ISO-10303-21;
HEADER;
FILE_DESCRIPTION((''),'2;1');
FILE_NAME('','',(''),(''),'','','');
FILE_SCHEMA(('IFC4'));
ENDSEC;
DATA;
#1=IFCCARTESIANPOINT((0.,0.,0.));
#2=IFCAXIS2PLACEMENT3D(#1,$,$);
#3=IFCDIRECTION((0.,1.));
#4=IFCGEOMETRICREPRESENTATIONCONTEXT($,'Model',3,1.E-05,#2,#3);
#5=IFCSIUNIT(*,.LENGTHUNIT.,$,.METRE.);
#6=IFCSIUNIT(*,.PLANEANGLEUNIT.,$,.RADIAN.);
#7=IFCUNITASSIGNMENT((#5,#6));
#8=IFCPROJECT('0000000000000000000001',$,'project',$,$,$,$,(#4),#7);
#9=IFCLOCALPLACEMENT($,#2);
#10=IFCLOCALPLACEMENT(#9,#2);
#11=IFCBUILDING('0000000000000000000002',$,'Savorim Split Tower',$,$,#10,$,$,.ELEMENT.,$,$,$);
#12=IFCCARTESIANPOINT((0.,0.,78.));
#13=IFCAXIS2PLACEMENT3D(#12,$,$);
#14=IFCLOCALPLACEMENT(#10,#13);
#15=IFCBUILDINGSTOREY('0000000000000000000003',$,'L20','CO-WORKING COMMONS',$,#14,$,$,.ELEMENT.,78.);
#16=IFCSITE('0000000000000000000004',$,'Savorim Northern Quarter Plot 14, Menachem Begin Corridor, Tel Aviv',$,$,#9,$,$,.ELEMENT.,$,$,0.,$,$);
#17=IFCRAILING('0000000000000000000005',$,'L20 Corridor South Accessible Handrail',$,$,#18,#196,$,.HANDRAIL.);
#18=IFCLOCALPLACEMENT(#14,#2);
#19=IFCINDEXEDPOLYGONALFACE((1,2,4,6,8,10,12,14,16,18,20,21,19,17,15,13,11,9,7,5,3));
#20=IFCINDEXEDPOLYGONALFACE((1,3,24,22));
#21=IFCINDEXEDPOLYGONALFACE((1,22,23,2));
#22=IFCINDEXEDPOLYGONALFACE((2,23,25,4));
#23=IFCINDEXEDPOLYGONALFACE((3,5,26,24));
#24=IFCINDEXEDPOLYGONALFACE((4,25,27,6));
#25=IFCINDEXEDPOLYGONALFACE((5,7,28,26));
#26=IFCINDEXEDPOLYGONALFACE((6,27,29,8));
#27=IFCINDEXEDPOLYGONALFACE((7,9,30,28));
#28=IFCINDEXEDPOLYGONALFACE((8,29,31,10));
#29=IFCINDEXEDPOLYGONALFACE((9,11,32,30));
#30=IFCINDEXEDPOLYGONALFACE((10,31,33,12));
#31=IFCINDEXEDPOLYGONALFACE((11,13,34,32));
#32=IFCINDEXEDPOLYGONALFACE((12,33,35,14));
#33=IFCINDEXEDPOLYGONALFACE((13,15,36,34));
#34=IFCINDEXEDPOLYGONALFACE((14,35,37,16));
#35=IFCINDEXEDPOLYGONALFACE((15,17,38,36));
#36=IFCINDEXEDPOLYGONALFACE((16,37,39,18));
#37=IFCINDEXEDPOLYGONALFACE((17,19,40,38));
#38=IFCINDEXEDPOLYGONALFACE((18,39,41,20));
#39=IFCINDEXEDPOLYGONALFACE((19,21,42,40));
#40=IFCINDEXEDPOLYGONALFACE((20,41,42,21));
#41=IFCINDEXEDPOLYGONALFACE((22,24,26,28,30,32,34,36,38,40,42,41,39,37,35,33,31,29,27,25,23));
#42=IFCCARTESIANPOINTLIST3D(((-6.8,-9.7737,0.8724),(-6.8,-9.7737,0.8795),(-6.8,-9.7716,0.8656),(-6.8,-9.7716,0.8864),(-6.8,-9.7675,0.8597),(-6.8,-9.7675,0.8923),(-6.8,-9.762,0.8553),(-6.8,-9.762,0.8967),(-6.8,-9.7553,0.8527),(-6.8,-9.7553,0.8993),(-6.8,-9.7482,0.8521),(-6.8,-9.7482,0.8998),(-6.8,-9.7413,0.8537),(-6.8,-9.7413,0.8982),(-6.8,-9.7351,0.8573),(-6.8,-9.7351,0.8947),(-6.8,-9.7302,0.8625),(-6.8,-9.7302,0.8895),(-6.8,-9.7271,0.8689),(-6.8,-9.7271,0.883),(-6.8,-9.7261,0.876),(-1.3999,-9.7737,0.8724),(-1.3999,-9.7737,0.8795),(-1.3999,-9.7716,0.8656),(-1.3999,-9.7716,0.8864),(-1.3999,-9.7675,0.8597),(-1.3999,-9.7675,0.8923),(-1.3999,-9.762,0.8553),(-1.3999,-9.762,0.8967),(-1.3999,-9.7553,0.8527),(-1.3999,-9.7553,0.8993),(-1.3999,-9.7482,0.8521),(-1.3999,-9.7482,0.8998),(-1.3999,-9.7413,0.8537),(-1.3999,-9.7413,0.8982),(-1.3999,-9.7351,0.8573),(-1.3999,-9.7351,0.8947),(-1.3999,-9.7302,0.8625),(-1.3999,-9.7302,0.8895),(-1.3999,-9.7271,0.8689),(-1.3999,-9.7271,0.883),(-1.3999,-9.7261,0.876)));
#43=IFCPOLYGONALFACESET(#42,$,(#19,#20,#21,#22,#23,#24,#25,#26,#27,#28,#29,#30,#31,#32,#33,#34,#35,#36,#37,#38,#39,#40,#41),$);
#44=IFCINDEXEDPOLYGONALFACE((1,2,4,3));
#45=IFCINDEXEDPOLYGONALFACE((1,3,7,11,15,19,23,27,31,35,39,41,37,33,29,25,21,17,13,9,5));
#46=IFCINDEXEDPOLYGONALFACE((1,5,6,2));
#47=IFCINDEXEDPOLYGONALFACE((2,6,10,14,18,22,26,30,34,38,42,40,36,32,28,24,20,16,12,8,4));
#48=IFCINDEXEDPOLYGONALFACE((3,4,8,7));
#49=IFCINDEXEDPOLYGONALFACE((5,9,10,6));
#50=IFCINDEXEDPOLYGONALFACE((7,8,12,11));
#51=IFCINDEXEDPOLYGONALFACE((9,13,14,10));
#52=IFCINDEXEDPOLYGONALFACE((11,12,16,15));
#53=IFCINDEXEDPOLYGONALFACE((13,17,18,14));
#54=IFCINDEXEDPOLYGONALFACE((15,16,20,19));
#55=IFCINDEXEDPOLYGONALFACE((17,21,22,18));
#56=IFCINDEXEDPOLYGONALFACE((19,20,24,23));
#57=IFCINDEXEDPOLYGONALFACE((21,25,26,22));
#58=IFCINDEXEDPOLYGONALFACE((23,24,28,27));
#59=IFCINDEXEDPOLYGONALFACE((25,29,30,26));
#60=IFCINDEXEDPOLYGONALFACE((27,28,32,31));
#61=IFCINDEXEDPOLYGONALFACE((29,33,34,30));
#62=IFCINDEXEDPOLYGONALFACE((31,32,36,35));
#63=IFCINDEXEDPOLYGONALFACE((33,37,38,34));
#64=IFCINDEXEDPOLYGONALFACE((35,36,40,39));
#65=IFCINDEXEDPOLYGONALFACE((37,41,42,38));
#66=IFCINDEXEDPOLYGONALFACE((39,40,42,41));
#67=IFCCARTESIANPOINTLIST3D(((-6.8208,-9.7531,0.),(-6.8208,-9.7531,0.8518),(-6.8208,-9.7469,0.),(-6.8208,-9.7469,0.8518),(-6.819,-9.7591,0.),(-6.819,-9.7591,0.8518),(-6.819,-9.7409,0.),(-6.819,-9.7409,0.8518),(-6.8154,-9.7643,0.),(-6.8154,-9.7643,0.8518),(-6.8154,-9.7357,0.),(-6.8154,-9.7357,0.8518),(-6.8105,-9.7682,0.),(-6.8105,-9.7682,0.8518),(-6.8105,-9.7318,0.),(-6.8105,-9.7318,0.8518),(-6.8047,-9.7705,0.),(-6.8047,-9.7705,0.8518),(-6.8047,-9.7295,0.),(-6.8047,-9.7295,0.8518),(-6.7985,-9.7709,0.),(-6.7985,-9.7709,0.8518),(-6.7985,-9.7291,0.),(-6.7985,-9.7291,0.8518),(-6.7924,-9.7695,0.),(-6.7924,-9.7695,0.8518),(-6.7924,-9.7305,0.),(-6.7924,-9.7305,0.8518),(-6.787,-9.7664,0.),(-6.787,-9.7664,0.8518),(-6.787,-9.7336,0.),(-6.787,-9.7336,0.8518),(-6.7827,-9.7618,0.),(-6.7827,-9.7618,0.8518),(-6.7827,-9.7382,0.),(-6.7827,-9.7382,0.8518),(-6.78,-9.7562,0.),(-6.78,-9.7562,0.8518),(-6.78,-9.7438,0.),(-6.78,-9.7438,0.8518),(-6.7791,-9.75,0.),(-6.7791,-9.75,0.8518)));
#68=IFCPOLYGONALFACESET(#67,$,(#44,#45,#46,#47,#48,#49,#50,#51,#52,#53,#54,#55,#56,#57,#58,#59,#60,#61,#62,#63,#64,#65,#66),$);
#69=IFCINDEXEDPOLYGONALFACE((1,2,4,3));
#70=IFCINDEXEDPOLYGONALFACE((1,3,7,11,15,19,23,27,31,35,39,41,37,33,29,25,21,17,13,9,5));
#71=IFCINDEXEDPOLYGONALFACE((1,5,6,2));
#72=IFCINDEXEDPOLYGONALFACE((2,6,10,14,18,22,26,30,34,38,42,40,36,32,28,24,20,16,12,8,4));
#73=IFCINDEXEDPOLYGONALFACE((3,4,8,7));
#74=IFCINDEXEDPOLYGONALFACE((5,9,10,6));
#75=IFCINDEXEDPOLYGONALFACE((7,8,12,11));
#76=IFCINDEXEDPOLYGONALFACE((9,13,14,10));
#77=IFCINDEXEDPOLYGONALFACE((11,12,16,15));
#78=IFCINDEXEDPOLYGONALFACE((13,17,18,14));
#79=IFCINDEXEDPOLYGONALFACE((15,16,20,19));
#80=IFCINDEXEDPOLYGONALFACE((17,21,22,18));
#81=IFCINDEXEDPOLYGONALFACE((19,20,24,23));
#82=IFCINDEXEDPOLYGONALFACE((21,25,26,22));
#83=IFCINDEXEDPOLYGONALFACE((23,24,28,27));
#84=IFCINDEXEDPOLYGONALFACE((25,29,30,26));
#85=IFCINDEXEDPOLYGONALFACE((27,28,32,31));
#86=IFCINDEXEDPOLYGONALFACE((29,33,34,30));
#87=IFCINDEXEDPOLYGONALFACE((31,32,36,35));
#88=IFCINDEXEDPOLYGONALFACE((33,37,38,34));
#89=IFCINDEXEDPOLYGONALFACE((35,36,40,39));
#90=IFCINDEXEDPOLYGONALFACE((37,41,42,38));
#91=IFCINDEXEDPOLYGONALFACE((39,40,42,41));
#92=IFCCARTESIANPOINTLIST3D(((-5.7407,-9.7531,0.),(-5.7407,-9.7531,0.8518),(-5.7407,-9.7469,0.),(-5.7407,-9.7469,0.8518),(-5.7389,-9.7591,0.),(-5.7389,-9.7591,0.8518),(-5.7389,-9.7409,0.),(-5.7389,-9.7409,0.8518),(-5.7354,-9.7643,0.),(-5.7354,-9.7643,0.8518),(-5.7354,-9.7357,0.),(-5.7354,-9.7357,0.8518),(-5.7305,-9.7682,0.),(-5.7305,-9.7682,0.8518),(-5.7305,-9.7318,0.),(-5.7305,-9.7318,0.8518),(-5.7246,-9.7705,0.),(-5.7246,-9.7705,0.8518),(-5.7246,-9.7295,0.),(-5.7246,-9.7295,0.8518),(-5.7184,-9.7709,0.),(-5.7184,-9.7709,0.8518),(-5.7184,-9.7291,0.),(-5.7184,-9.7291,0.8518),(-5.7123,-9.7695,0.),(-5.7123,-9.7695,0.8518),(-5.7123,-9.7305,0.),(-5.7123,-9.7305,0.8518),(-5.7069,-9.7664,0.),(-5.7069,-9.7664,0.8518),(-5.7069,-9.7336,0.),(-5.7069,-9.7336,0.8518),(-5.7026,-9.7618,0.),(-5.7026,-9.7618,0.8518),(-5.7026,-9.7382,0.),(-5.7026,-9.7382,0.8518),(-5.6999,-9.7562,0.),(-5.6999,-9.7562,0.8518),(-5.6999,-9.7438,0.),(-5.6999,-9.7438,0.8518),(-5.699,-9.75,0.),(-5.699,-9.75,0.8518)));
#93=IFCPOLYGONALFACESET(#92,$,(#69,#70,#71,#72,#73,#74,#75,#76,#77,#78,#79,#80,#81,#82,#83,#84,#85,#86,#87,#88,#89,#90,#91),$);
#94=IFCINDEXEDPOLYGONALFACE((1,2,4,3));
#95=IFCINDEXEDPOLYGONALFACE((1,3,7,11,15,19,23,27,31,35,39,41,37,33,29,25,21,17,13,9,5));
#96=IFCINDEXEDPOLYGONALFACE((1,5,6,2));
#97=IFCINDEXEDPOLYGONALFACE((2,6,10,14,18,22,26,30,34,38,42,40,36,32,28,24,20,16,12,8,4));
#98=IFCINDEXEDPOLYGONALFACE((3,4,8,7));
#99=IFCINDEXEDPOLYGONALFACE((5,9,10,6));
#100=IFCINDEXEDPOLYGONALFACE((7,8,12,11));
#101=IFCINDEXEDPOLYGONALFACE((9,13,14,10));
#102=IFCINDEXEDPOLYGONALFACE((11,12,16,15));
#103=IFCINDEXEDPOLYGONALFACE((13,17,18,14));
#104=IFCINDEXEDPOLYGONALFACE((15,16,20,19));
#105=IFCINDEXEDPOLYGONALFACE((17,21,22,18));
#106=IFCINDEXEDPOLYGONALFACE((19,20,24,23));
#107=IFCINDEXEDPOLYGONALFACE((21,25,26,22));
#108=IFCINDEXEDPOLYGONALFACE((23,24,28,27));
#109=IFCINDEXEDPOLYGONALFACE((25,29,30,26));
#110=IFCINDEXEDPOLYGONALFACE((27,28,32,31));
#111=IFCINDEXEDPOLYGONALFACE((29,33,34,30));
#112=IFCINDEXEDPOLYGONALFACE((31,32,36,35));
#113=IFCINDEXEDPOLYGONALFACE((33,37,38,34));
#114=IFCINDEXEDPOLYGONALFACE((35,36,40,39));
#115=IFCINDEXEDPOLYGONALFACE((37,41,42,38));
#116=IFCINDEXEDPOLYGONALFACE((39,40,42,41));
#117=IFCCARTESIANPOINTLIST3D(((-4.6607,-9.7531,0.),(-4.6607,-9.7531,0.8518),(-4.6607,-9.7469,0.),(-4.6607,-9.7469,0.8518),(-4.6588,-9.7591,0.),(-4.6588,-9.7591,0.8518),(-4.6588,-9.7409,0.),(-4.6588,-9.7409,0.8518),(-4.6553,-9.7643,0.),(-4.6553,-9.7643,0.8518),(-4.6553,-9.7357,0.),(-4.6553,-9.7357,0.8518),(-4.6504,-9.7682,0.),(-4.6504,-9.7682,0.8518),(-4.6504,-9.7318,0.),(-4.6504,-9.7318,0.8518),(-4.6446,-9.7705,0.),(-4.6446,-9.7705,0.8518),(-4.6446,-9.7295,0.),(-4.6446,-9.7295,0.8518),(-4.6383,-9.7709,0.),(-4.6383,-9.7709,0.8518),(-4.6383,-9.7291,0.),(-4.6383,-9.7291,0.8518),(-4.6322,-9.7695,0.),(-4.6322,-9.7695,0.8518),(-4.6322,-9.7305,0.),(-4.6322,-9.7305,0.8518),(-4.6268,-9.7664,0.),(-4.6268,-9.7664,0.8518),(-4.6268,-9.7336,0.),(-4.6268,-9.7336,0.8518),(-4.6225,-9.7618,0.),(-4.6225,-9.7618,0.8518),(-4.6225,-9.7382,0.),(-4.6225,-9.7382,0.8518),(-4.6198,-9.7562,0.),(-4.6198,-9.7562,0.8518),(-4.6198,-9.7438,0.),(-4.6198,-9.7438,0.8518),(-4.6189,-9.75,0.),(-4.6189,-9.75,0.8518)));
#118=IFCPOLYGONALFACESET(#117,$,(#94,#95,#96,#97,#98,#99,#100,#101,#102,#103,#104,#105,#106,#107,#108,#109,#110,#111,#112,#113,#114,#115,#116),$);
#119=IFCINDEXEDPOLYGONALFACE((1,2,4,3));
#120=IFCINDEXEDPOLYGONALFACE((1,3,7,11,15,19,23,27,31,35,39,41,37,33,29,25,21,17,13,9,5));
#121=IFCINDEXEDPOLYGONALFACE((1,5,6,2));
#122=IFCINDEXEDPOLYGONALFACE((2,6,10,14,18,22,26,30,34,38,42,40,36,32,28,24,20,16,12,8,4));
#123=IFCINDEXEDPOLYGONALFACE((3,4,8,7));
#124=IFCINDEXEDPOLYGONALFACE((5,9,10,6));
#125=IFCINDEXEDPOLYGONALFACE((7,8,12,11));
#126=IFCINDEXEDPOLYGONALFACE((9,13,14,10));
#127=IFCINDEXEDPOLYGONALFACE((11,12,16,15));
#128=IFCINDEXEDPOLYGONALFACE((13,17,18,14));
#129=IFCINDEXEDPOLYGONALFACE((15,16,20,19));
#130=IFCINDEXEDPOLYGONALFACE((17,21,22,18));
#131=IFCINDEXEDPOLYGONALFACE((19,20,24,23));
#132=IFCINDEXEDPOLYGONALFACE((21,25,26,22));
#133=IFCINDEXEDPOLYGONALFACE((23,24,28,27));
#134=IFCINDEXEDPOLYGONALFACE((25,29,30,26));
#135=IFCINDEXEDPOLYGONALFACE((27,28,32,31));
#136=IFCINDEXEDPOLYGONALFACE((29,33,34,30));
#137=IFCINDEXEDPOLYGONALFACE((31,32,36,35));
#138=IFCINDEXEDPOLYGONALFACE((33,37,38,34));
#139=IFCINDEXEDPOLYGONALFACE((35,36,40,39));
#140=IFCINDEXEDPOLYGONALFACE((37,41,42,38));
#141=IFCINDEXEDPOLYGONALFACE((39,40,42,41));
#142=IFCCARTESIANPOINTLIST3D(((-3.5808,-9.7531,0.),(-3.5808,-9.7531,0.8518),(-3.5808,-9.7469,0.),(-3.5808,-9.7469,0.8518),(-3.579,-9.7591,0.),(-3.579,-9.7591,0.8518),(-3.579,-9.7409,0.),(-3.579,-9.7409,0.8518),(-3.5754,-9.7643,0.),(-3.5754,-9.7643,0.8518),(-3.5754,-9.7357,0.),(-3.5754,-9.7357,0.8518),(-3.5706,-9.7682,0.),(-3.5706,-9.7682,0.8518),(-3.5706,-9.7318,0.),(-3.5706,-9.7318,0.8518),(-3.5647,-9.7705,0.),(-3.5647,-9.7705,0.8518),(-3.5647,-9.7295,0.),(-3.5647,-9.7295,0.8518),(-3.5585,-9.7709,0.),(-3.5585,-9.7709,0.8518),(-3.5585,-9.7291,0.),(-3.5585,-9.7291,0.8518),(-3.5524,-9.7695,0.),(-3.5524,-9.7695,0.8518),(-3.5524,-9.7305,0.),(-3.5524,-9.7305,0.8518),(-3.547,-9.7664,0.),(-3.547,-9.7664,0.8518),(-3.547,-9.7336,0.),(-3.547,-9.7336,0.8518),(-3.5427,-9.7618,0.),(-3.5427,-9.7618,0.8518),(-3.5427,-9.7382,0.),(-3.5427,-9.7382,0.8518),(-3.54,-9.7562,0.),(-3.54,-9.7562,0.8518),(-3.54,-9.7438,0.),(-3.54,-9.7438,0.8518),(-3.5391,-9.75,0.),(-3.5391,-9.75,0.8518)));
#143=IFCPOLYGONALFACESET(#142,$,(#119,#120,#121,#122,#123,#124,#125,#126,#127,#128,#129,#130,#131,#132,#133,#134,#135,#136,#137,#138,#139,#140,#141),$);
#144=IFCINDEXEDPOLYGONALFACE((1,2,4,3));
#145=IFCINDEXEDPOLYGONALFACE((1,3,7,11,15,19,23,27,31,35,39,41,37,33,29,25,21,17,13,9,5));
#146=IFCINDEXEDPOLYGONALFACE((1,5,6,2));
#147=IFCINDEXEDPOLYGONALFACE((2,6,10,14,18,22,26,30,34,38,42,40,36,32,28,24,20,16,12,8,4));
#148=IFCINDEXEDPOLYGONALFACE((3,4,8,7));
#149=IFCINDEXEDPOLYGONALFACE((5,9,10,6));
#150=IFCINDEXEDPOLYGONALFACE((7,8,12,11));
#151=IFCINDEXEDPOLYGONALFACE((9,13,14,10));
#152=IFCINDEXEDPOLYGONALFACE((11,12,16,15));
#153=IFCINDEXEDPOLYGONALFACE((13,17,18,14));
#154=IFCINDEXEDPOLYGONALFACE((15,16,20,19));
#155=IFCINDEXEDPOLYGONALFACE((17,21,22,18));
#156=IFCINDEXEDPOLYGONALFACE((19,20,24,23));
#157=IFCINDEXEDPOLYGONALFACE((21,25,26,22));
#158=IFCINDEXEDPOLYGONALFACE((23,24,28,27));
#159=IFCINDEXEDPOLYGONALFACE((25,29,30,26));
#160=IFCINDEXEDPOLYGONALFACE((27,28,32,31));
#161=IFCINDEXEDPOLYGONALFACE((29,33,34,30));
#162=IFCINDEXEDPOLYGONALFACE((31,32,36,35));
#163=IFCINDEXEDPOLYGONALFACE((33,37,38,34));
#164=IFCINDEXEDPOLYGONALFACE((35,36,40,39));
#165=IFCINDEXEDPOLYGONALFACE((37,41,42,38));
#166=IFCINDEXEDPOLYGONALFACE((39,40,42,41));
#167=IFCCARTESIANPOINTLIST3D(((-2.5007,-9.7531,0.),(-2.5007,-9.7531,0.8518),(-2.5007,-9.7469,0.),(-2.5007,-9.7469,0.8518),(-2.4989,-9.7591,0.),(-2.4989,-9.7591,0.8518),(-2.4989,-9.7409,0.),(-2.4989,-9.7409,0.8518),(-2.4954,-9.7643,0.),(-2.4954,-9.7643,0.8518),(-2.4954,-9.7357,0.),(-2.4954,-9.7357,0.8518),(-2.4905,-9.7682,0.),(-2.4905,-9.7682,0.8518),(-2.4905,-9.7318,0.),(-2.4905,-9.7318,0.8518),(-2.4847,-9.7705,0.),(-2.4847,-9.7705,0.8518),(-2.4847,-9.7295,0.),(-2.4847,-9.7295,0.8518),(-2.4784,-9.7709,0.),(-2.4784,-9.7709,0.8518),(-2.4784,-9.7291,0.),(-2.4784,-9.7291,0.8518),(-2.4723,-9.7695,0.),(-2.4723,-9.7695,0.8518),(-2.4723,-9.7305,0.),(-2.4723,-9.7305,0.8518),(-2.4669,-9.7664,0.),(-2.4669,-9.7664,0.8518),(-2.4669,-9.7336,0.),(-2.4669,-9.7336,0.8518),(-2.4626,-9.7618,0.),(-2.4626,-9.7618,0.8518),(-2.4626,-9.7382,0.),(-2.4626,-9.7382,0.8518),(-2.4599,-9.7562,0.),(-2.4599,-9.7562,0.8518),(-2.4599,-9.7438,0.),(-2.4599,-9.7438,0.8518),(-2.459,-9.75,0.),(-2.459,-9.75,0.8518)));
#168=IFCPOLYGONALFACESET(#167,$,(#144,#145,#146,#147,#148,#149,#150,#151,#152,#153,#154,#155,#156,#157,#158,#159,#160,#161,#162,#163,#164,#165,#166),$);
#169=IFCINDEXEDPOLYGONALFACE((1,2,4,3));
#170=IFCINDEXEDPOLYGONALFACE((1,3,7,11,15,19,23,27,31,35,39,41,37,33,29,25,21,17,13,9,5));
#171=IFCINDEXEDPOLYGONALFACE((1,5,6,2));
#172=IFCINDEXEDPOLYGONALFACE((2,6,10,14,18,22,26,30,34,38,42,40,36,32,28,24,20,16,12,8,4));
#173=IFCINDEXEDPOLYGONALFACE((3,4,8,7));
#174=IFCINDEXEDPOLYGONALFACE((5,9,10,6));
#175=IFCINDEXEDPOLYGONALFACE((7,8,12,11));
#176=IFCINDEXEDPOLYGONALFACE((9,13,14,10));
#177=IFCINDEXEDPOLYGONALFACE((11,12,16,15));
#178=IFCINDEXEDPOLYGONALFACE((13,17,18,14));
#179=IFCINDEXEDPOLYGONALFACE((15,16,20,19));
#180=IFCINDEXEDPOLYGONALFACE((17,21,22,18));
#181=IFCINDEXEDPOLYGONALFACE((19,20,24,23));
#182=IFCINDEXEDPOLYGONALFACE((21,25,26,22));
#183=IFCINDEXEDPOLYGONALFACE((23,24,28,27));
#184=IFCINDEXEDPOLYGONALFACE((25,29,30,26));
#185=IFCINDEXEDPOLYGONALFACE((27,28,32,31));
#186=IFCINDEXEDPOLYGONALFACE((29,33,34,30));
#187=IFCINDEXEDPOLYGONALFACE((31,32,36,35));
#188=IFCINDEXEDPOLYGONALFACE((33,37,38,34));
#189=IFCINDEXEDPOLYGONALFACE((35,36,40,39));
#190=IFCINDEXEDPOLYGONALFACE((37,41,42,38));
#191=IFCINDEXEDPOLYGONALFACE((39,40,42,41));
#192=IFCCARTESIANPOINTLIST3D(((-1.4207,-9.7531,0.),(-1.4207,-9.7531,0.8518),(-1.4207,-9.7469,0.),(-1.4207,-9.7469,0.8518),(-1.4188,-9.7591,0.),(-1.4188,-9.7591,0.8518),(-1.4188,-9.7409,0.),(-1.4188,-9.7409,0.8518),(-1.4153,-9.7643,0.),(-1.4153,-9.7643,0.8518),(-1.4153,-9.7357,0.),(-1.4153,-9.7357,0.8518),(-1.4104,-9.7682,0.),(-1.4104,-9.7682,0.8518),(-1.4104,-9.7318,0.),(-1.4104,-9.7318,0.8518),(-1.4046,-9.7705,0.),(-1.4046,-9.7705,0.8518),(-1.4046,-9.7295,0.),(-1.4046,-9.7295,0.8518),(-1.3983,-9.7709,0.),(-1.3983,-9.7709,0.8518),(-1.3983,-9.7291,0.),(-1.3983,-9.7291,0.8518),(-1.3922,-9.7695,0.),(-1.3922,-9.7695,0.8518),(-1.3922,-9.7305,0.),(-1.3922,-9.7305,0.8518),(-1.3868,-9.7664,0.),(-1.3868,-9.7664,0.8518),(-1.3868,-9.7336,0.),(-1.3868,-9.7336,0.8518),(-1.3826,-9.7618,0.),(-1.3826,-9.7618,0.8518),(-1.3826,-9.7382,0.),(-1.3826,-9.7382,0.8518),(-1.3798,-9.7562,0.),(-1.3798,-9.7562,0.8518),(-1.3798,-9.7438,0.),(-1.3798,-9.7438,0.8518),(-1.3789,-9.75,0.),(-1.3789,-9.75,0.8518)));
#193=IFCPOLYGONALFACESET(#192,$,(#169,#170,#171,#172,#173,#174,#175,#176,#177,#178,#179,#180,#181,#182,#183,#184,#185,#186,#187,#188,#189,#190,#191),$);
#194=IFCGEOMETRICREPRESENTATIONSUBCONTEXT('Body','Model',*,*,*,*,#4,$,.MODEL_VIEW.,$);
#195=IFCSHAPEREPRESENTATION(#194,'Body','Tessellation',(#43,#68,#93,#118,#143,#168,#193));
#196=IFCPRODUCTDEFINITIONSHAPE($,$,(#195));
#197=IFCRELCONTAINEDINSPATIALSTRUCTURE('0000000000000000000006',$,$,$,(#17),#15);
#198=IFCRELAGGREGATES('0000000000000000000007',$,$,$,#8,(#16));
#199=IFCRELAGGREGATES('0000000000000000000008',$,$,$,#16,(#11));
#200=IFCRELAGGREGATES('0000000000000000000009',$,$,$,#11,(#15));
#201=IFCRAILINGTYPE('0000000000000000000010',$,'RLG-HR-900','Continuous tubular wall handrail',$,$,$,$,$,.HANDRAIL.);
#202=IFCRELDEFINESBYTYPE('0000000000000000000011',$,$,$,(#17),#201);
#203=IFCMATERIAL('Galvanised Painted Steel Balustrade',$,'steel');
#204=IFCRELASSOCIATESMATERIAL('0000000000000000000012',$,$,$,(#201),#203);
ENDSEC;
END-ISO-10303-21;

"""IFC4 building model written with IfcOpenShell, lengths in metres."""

from ifc_helpers import new_model, si_unit, direction, frame, origin, origin_2d, place, context, subcontext, project, spatial, circle, extrude, material, type_object, element, save


model = new_model("IFC4")

# Units and contexts
model_context = context("Model", 3, precision=1e-05, world=origin(), true_north=direction((0.0, 1.0)))
body_context = subcontext(model_context, "Body", "Model", "MODEL_VIEW")
ifc_project = project(units=[si_unit("LENGTHUNIT", "METRE"), si_unit("PLANEANGLEUNIT", "RADIAN")], contexts=[model_context])

# Site, building, storey
site_placement = place(None, origin())
site = spatial("IfcSite", under=ifc_project, at=site_placement, Name="Savorim Northern Quarter Plot 14, Menachem Begin Corridor, Tel Aviv", CompositionType="ELEMENT", RefElevation=0.0)
building_placement = place(site_placement, origin())
building = spatial("IfcBuilding", under=site, at=building_placement, Name="Savorim Split Tower", CompositionType="ELEMENT")
storey_placement = place(building_placement, frame((0.0, 0.0, 78.0)))
storey = spatial("IfcBuildingStorey", under=building, at=storey_placement, Name="L20", Description="CO-WORKING COMMONS", CompositionType="ELEMENT", Elevation=78.0)

# Railing
ifc_material_1 = material(Name="Galvanised Painted Steel Balustrade", Category="steel")
railing_type = type_object("IfcRailingType", Name="RLG-HR-900", Description="Continuous tubular wall handrail", PredefinedType="HANDRAIL", material=ifc_material_1)
railing_1_placement = place(storey_placement, frame((-6.8, -9.75, 0.0)))
element("IfcRailing", 1, at=railing_1_placement, inside=storey, type_object=railing_type, Name="L20 Corridor South Accessible Handrail", PredefinedType="HANDRAIL", context=body_context, shape_type="SweptSolid", body=[
    extrude(circle(Radius=0.0239, at=origin_2d()), frame((0.0, 0.0, 0.876), z_axis=(1.0, 0.0, 0.0), x_axis=(0.0, 1.0, 0.0)), (0.0, 0.0, 1.0), 5.4001),
    extrude(circle(Radius=0.021, at=origin_2d()), origin(), (0.0, 0.0, 1.0), 0.8518),
    extrude(circle(Radius=0.021, at=origin_2d()), frame((1.0801, 0.0, 0.0)), (0.0, 0.0, 1.0), 0.8518),
    extrude(circle(Radius=0.021, at=origin_2d()), frame((2.1602, 0.0, 0.0)), (0.0, 0.0, 1.0), 0.8518),
    extrude(circle(Radius=0.021, at=origin_2d()), frame((3.24, 0.0, 0.0)), (0.0, 0.0, 1.0), 0.8518),
    extrude(circle(Radius=0.021, at=origin_2d()), frame((4.3201, 0.0, 0.0)), (0.0, 0.0, 1.0), 0.8518),
    extrude(circle(Radius=0.021, at=origin_2d()), frame((5.4001, 0.0, 0.0)), (0.0, 0.0, 1.0), 0.8518),
])

save(model, "model.ifc")
